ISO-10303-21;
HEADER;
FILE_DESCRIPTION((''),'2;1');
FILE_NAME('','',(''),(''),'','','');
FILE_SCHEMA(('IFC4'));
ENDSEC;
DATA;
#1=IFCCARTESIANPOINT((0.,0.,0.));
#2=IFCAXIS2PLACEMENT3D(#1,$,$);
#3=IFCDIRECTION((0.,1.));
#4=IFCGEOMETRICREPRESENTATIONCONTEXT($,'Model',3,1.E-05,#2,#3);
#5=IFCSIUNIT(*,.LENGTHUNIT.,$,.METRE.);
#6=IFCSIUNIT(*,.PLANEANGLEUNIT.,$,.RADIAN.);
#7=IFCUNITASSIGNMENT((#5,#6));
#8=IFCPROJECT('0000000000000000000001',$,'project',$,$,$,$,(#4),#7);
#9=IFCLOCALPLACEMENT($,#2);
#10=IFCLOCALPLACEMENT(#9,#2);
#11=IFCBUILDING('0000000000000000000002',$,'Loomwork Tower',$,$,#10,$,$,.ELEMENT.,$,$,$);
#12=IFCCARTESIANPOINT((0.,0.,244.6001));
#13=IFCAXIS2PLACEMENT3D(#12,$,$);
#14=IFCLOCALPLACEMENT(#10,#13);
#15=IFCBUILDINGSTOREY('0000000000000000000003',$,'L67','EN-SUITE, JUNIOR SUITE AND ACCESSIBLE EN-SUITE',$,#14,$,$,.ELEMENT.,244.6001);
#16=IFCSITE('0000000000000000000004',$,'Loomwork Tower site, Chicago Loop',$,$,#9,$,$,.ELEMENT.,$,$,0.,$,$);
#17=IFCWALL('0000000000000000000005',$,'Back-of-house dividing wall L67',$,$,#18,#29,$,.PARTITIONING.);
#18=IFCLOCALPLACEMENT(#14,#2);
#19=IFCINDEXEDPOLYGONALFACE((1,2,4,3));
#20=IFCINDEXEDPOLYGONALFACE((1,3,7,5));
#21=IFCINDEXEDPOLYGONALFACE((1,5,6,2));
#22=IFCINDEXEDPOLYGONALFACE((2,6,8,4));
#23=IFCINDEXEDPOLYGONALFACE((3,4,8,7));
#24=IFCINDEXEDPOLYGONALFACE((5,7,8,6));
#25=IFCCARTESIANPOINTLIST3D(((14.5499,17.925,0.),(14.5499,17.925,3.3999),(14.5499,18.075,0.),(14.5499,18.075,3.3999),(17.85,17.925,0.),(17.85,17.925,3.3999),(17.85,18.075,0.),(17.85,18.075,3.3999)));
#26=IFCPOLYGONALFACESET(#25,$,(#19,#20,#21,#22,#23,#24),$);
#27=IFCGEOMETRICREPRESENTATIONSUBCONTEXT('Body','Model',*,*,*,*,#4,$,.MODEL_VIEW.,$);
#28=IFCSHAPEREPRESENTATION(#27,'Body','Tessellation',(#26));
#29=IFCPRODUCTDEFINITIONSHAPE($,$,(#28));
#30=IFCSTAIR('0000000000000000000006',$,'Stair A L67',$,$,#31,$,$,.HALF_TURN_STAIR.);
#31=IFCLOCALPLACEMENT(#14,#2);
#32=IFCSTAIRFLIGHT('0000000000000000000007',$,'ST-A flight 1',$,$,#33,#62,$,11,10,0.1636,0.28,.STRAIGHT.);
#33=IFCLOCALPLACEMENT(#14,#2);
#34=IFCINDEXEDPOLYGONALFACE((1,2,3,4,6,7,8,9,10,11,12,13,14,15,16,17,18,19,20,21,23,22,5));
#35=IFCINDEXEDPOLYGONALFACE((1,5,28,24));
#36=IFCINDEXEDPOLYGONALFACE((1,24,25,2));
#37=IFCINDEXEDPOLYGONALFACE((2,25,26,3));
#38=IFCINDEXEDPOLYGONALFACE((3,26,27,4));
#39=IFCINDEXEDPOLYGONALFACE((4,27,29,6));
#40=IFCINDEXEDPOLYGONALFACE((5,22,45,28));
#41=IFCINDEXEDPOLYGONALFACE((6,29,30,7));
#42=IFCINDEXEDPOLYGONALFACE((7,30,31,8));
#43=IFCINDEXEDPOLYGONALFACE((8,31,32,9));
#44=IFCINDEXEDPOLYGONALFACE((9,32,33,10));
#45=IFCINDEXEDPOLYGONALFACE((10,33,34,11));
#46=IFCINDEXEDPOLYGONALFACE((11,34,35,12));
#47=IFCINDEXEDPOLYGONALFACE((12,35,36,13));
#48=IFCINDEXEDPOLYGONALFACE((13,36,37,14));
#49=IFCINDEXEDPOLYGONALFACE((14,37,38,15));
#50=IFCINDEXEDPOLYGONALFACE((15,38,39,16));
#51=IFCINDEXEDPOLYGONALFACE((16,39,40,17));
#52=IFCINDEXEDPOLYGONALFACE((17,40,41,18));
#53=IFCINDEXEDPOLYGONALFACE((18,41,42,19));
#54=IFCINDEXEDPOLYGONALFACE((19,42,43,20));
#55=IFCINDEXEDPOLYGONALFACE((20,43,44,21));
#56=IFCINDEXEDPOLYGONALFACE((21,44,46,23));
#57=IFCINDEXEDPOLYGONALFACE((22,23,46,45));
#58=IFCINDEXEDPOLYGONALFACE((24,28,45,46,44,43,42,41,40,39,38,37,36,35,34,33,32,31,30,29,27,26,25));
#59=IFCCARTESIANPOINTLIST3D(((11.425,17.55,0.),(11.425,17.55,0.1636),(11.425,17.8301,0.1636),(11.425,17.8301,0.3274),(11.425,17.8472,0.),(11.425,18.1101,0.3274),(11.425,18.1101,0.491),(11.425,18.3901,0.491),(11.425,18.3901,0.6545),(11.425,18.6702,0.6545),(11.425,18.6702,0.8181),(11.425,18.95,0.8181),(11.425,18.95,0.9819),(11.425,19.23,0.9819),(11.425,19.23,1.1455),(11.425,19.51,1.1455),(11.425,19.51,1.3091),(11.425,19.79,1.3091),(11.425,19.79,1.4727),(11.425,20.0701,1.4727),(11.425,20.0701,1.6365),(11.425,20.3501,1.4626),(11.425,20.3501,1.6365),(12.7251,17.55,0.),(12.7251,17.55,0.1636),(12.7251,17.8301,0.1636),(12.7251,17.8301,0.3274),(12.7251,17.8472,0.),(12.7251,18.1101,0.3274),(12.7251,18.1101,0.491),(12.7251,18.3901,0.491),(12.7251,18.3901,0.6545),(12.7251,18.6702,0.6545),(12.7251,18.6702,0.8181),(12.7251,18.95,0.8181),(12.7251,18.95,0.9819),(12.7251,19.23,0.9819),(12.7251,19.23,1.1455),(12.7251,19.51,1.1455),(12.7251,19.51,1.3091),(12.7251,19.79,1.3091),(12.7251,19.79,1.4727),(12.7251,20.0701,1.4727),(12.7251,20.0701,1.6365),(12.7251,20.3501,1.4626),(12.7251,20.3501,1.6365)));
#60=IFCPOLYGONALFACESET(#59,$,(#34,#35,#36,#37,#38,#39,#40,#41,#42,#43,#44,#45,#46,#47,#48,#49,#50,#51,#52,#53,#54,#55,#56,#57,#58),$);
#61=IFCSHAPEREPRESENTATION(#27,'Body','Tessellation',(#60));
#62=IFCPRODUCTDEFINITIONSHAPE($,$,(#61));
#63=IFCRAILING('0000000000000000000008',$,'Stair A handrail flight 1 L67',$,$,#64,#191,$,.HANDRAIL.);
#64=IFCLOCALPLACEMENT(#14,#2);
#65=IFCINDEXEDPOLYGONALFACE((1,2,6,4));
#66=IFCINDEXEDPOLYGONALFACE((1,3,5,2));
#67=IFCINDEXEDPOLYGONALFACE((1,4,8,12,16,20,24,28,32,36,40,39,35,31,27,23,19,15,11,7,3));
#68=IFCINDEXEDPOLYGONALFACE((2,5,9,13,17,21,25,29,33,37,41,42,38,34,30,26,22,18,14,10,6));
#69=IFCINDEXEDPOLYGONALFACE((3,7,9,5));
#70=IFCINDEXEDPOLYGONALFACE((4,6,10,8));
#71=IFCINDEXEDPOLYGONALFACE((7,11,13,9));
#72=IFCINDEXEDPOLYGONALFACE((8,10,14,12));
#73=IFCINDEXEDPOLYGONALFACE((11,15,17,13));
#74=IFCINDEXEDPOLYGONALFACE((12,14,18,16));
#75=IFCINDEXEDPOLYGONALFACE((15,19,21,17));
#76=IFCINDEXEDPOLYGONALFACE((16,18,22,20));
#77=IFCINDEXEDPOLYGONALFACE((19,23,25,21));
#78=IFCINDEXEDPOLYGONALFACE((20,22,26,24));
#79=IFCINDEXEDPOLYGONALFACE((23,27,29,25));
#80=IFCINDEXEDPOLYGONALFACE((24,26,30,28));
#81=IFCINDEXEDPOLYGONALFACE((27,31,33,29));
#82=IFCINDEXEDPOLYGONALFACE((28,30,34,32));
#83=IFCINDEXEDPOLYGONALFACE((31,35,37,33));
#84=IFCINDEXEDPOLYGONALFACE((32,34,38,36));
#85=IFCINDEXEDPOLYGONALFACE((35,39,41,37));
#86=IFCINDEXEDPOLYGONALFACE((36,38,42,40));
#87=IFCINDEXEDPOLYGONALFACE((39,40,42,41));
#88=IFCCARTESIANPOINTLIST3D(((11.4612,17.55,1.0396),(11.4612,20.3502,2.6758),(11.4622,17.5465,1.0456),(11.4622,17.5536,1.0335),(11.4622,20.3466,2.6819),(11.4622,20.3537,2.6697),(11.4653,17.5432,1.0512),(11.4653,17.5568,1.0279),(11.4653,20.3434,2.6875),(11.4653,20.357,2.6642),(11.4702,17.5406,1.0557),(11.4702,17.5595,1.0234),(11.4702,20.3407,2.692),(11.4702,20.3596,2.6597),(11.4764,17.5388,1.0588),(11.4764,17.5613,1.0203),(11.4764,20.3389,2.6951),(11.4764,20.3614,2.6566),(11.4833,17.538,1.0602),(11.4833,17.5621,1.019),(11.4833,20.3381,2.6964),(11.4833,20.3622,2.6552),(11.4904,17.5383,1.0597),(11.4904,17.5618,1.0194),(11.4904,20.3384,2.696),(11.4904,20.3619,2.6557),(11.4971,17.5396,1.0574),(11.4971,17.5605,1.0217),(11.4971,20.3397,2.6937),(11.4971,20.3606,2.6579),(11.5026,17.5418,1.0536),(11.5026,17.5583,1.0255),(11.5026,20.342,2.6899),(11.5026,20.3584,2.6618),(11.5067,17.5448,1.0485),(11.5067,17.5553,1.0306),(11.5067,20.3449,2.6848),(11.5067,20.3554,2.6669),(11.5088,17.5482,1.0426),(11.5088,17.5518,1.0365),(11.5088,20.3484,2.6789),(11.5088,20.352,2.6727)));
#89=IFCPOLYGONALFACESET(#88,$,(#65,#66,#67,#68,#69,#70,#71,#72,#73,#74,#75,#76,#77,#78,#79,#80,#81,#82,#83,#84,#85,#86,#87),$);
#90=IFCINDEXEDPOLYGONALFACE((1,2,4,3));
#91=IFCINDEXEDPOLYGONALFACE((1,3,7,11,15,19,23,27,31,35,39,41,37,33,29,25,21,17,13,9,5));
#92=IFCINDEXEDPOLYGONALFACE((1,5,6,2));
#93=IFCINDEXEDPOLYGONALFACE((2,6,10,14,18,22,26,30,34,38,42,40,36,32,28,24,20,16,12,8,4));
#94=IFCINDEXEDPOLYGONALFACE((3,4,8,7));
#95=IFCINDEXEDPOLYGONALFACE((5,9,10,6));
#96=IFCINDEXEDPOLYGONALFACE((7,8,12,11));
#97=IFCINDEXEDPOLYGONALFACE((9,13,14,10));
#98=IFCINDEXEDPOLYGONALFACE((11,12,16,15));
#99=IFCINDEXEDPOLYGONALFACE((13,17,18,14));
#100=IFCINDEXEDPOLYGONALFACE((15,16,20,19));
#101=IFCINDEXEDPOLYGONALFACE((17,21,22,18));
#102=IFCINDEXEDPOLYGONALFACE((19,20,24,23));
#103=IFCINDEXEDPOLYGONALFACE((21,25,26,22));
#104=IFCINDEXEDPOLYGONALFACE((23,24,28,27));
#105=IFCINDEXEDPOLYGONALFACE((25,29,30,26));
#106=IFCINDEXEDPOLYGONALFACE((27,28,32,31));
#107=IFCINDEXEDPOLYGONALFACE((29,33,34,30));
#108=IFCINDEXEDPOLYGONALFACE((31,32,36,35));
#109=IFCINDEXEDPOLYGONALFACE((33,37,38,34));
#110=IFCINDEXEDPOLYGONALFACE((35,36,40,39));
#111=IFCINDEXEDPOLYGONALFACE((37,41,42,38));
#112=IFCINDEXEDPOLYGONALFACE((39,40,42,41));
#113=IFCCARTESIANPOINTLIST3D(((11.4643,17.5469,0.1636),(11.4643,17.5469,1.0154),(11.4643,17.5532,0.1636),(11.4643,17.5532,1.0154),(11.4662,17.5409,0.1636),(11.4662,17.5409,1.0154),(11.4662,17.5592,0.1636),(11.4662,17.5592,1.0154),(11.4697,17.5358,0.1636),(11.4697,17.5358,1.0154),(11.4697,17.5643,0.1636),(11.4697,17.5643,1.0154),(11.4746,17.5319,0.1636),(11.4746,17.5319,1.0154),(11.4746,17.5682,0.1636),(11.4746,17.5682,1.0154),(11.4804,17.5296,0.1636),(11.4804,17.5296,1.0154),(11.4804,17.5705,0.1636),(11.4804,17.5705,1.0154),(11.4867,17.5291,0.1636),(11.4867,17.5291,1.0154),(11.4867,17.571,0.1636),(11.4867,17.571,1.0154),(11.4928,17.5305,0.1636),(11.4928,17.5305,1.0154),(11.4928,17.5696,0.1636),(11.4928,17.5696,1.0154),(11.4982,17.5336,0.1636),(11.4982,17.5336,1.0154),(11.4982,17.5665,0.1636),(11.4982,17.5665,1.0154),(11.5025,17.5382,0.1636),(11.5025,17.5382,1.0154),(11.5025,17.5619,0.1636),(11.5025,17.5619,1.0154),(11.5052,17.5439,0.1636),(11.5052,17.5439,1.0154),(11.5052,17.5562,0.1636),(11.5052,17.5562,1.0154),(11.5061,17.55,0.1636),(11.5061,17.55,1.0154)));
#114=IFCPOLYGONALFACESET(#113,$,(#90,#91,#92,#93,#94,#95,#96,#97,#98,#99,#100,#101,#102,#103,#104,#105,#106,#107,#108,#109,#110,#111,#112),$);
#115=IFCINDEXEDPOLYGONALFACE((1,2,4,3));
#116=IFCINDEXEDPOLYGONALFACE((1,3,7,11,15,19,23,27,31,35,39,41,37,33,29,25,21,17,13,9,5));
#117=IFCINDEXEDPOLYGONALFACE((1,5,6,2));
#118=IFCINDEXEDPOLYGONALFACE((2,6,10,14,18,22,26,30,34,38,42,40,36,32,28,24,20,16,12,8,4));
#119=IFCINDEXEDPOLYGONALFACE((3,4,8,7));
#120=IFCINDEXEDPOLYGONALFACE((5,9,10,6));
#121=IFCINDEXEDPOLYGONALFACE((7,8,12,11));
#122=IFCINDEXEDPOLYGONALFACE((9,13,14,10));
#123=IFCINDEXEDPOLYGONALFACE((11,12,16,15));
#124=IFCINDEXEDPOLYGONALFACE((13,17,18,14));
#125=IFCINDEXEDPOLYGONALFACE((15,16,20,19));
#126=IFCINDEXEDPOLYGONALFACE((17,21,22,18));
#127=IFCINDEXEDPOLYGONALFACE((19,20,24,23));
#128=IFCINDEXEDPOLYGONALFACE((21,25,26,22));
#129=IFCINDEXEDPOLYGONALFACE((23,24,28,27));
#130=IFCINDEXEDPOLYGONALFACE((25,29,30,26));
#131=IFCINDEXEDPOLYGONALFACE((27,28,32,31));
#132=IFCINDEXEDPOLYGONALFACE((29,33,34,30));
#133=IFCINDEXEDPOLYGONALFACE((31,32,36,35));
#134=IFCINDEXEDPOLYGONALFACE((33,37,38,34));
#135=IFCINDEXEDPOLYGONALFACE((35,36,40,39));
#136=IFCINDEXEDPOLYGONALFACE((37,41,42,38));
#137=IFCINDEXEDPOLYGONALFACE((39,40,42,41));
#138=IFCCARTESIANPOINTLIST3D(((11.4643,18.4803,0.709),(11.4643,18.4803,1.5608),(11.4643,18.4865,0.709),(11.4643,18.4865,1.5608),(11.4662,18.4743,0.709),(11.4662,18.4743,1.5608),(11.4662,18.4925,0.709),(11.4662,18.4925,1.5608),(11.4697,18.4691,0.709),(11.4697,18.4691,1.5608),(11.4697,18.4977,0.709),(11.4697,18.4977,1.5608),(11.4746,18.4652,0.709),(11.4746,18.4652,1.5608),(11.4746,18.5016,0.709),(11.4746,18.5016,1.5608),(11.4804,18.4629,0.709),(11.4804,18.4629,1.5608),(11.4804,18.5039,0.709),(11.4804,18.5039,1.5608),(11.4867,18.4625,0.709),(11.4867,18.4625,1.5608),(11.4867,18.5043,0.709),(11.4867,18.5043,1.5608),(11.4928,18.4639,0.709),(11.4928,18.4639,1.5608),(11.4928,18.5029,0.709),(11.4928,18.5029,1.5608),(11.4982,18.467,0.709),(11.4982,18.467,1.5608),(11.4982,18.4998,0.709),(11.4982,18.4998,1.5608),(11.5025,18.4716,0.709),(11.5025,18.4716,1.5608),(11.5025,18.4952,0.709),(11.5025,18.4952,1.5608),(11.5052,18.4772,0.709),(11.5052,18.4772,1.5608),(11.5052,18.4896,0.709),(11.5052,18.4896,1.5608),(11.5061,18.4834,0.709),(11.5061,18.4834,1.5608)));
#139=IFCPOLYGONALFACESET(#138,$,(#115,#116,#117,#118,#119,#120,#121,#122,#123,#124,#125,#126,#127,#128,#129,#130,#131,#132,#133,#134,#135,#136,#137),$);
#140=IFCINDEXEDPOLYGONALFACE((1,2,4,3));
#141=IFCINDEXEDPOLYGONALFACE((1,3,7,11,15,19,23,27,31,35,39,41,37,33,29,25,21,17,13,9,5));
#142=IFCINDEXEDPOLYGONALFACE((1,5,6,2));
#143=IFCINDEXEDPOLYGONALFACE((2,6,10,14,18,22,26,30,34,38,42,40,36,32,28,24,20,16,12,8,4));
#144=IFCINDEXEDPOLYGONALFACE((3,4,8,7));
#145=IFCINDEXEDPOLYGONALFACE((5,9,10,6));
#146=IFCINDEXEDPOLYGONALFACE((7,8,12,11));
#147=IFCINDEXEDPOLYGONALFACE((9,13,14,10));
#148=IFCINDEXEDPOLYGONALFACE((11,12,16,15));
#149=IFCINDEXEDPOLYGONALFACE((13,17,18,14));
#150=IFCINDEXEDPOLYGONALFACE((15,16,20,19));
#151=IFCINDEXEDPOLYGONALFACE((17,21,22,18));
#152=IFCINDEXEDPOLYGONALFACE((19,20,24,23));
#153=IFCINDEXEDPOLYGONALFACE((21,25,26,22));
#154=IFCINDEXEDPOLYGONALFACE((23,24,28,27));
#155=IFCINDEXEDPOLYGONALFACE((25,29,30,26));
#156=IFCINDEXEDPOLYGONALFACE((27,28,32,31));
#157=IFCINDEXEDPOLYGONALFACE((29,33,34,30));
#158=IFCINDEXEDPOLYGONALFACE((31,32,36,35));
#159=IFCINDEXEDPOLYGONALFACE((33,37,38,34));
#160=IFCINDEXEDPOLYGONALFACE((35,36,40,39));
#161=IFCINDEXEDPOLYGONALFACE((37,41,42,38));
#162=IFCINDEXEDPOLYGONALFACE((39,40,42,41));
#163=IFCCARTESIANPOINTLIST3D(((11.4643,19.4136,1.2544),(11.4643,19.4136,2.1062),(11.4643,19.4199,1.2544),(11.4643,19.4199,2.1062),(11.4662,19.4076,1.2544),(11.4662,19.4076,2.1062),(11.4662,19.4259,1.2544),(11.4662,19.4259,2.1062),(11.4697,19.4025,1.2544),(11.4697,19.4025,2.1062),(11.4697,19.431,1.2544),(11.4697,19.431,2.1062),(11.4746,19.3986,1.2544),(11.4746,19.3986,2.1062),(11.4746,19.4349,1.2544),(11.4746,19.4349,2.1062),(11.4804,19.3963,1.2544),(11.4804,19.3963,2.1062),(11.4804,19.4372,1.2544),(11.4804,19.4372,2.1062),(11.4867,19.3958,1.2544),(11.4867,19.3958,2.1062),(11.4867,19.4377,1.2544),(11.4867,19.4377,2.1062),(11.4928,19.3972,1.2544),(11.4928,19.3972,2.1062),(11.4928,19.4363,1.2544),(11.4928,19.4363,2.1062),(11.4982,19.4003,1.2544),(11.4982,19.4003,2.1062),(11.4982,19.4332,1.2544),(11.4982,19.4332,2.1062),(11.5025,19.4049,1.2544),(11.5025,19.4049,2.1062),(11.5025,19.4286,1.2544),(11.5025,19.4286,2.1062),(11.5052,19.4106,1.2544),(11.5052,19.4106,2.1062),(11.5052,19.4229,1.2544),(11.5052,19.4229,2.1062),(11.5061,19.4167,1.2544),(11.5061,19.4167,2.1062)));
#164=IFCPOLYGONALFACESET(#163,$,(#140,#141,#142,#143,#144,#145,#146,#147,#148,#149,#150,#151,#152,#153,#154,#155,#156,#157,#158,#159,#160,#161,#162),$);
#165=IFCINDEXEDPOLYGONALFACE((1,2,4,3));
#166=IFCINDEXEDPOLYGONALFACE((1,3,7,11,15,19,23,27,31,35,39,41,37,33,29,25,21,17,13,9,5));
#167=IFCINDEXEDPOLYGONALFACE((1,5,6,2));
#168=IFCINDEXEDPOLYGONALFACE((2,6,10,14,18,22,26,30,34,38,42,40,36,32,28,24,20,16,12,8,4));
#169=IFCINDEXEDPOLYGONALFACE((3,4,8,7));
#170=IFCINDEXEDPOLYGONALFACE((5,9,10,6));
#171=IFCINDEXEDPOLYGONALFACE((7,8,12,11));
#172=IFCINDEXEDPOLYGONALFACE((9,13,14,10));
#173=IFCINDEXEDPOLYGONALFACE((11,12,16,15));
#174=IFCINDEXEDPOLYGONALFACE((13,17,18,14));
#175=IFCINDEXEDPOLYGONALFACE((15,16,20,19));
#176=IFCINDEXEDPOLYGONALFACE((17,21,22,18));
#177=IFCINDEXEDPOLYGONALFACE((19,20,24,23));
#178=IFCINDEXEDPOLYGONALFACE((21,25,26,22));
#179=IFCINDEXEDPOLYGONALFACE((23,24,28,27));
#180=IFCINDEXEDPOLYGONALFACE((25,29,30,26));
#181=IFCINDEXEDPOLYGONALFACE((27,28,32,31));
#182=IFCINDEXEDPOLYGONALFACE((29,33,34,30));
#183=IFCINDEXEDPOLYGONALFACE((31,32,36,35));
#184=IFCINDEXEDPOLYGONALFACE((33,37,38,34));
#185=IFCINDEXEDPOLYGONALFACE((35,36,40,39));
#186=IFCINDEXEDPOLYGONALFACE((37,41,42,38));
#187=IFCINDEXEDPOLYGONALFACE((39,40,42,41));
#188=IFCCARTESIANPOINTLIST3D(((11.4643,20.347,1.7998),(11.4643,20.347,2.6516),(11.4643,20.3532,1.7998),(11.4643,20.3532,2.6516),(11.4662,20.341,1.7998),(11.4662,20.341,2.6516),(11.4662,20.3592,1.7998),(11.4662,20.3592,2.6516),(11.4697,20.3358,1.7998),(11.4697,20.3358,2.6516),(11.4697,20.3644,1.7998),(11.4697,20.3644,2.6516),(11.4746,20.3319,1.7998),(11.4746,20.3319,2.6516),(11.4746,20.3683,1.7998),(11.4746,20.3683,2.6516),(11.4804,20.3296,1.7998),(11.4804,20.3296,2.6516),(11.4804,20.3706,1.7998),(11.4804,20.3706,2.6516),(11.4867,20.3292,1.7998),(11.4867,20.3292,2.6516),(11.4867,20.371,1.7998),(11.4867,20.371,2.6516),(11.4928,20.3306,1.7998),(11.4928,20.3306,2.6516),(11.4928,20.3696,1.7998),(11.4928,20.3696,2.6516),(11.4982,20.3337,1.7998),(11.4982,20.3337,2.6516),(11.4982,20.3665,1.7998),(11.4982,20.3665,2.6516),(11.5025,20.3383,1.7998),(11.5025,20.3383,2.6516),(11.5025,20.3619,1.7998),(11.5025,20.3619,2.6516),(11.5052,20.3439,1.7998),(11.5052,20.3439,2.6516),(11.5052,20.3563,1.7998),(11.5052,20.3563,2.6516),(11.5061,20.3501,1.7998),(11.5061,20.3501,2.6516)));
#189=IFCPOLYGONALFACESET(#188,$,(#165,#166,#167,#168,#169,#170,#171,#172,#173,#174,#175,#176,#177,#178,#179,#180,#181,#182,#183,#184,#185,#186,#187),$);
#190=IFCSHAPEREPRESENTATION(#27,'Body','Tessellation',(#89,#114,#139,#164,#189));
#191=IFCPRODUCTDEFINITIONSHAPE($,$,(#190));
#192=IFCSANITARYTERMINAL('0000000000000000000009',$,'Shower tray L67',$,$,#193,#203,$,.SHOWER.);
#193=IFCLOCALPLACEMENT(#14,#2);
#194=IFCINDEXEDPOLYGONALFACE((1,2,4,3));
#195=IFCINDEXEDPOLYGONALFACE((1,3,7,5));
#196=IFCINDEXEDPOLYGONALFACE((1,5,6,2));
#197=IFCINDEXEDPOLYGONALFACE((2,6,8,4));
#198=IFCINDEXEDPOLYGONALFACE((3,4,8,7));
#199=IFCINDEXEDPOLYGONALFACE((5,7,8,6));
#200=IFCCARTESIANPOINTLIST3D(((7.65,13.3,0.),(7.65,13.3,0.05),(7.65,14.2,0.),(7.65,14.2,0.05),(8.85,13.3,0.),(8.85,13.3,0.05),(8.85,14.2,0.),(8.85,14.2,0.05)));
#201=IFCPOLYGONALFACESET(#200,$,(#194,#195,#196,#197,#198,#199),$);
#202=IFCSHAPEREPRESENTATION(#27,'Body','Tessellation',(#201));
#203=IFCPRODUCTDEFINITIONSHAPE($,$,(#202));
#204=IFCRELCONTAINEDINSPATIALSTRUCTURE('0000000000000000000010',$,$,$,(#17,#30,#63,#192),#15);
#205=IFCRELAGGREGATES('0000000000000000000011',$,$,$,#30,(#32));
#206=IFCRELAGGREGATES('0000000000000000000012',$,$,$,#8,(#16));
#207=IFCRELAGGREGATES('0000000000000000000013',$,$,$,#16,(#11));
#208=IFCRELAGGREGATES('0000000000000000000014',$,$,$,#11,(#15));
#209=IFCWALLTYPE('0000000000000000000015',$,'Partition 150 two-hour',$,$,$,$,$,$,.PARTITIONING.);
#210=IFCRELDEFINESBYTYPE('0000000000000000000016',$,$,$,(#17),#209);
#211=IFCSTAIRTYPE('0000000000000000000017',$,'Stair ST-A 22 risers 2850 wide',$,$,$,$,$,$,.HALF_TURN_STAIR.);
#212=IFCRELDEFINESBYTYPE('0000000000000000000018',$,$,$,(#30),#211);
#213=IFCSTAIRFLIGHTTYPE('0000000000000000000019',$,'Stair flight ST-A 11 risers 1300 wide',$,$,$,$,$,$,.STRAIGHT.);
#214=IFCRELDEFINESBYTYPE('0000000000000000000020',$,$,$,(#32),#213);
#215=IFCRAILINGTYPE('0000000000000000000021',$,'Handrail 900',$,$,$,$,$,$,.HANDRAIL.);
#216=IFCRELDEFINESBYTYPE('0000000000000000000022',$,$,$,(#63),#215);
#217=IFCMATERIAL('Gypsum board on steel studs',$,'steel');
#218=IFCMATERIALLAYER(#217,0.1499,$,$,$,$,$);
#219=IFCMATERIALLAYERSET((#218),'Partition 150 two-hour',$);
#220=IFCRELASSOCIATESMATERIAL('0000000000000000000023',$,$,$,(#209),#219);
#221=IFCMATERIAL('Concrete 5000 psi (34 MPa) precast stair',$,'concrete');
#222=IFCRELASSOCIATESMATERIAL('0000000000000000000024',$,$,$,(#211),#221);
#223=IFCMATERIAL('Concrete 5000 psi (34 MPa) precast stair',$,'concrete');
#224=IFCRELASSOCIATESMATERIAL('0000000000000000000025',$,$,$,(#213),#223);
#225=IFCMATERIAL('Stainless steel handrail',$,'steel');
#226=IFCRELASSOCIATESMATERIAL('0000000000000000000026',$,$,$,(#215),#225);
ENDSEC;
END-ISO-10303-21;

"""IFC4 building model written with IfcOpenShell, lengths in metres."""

from ifc_helpers import new_model, si_unit, direction, frame, frame_2d, origin, origin_2d, place, context, subcontext, project, spatial, polyline, rectangle, circle, outline, extrude, material, layer, layer_set, type_object, element, aggregate, save


model = new_model("IFC4")

# Units and contexts
model_context = context("Model", 3, precision=1e-05, world=origin(), true_north=direction((0.0, 1.0)))
body_context = subcontext(model_context, "Body", "Model", "MODEL_VIEW")
ifc_project = project(units=[si_unit("LENGTHUNIT", "METRE"), si_unit("PLANEANGLEUNIT", "RADIAN")], contexts=[model_context])

# Site, building, storey
site_placement = place(None, origin())
site = spatial("IfcSite", under=ifc_project, at=site_placement, Name="Loomwork Tower site, Chicago Loop", CompositionType="ELEMENT", RefElevation=0.0)
building_placement = place(site_placement, origin())
building = spatial("IfcBuilding", under=site, at=building_placement, Name="Loomwork Tower", CompositionType="ELEMENT")
storey_placement = place(building_placement, frame((0.0, 0.0, 244.6001)))
storey = spatial("IfcBuildingStorey", under=building, at=storey_placement, Name="L67", Description="EN-SUITE, JUNIOR SUITE AND ACCESSIBLE EN-SUITE", CompositionType="ELEMENT", Elevation=244.6001)

# Wall
ifc_material_1 = material(Name="Gypsum board on steel studs", Category="steel")
ifc_layer_1 = layer(ifc_material_1, 0.1499)
ifc_layer_set_1 = layer_set([ifc_layer_1], Name="Partition 150 two-hour")
wall_type_1 = type_object("IfcWallType", Name="Partition 150 two-hour", PredefinedType="PARTITIONING", material=ifc_layer_set_1)
wall_1_placement = place(storey_placement, frame((14.55, 18.0, 0.0), z_axis=(0.0, 0.0, 1.0), x_axis=(1.0, 0.0, 0.0)))
element("IfcWall", 1, at=wall_1_placement, inside=storey, type_object=wall_type_1, Name="Back-of-house dividing wall L67", PredefinedType="PARTITIONING", context=body_context, shape_type="SweptSolid", body=[
    extrude(rectangle(XDim=3.3, YDim=0.1499, at=frame_2d((1.6499, 0.0))), origin(), (0.0, 0.0, 1.0), 3.3999),
])

# Stair, stair flight
ifc_material_2 = material(Name="Concrete 5000 psi (34 MPa) precast stair", Category="concrete")
stair_type = type_object("IfcStairType", Name="Stair ST-A 22 risers 2850 wide", PredefinedType="HALF_TURN_STAIR", material=ifc_material_2)
stair_placement = place(storey_placement, origin())
stair = element("IfcStair", 2, at=stair_placement, inside=storey, type_object=stair_type, Name="Stair A L67", PredefinedType="HALF_TURN_STAIR")
ifc_material_3 = material(Name="Concrete 5000 psi (34 MPa) precast stair", Category="concrete")
stair_flight_type = type_object("IfcStairFlightType", Name="Stair flight ST-A 11 risers 1300 wide", PredefinedType="STRAIGHT", material=ifc_material_3)
stair_flight_placement = place(storey_placement, frame((12.075, 17.55, 0.0), z_axis=(0.0, 0.0, 1.0), x_axis=(0.0, 1.0, 0.0)))
stair_flight = element("IfcStairFlight", 3, at=stair_flight_placement, type_object=stair_flight_type, Name="ST-A flight 1", NumberOfRisers=11, NumberOfTreads=10, PredefinedType="STRAIGHT", RiserHeight=0.1636, TreadLength=0.28, context=body_context, shape_type="SweptSolid", body=[
    extrude(outline(polyline([(0.0, 0.0), (0.0, 0.1636), (0.28, 0.1636), (0.28, 0.3274), (0.5601, 0.3274), (0.5601, 0.491), (0.8401, 0.491), (0.8401, 0.6545), (1.1201, 0.6545), (1.1201, 0.8181), (1.3999, 0.8181), (1.3999, 0.9819), (1.6799, 0.9819), (1.6799, 1.1455), (1.96, 1.1455), (1.96, 1.3091), (2.24, 1.3091), (2.24, 1.4727), (2.52, 1.4727), (2.52, 1.6365), (2.8, 1.6365), (2.8, 1.8), (2.8, 1.4626), (0.2971, 0.0), (0.0, 0.0)])), frame((0.0, 0.6499, 0.0), z_axis=(0.0, -1.0, 0.0), x_axis=(1.0, 0.0, 0.0)), (0.0, 0.0, 1.0), 1.3),
])
aggregate(stair, [stair_flight])

# Railing
ifc_material_4 = material(Name="Stainless steel handrail", Category="steel")
railing_type = type_object("IfcRailingType", Name="Handrail 900", PredefinedType="HANDRAIL", material=ifc_material_4)
railing_placement = place(storey_placement, frame((11.4851, 17.55, 0.1636)))
element("IfcRailing", 4, at=railing_placement, inside=storey, type_object=railing_type, Name="Stair A handrail flight 1 L67", PredefinedType="HANDRAIL", context=body_context, shape_type="SweptSolid", body=[
    extrude(circle(Radius=0.0239, at=origin_2d()), frame((0.0, 0.0, 0.876), z_axis=(0.0, 0.863394, 0.504531), x_axis=(-1.0, 0.0, 0.0)), (0.0, 0.0, 1.0), 3.2432),
    extrude(circle(Radius=0.021, at=origin_2d()), origin(), (0.0, 0.0, 1.0), 0.8518),
    extrude(circle(Radius=0.021, at=origin_2d()), frame((0.0, 0.9333, 0.5454)), (0.0, 0.0, 1.0), 0.8518),
    extrude(circle(Radius=0.021, at=origin_2d()), frame((0.0, 1.8667, 1.0908)), (0.0, 0.0, 1.0), 0.8518),
    extrude(circle(Radius=0.021, at=origin_2d()), frame((0.0, 2.8, 1.6362)), (0.0, 0.0, 1.0), 0.8518),
])

# Sanitary terminal
sanitary_terminal_1_placement = place(storey_placement, frame((8.25, 13.75, 0.0), z_axis=(0.0, 0.0, 1.0), x_axis=(1.0, 0.0, 0.0)))
element("IfcSanitaryTerminal", 5, at=sanitary_terminal_1_placement, inside=storey, Name="Shower tray L67", PredefinedType="SHOWER", context=body_context, shape_type="SweptSolid", body=[
    extrude(rectangle(XDim=1.2, YDim=0.8999, at=origin_2d()), origin(), (0.0, 0.0, 1.0), 0.05),
])

save(model, "model.ifc")
